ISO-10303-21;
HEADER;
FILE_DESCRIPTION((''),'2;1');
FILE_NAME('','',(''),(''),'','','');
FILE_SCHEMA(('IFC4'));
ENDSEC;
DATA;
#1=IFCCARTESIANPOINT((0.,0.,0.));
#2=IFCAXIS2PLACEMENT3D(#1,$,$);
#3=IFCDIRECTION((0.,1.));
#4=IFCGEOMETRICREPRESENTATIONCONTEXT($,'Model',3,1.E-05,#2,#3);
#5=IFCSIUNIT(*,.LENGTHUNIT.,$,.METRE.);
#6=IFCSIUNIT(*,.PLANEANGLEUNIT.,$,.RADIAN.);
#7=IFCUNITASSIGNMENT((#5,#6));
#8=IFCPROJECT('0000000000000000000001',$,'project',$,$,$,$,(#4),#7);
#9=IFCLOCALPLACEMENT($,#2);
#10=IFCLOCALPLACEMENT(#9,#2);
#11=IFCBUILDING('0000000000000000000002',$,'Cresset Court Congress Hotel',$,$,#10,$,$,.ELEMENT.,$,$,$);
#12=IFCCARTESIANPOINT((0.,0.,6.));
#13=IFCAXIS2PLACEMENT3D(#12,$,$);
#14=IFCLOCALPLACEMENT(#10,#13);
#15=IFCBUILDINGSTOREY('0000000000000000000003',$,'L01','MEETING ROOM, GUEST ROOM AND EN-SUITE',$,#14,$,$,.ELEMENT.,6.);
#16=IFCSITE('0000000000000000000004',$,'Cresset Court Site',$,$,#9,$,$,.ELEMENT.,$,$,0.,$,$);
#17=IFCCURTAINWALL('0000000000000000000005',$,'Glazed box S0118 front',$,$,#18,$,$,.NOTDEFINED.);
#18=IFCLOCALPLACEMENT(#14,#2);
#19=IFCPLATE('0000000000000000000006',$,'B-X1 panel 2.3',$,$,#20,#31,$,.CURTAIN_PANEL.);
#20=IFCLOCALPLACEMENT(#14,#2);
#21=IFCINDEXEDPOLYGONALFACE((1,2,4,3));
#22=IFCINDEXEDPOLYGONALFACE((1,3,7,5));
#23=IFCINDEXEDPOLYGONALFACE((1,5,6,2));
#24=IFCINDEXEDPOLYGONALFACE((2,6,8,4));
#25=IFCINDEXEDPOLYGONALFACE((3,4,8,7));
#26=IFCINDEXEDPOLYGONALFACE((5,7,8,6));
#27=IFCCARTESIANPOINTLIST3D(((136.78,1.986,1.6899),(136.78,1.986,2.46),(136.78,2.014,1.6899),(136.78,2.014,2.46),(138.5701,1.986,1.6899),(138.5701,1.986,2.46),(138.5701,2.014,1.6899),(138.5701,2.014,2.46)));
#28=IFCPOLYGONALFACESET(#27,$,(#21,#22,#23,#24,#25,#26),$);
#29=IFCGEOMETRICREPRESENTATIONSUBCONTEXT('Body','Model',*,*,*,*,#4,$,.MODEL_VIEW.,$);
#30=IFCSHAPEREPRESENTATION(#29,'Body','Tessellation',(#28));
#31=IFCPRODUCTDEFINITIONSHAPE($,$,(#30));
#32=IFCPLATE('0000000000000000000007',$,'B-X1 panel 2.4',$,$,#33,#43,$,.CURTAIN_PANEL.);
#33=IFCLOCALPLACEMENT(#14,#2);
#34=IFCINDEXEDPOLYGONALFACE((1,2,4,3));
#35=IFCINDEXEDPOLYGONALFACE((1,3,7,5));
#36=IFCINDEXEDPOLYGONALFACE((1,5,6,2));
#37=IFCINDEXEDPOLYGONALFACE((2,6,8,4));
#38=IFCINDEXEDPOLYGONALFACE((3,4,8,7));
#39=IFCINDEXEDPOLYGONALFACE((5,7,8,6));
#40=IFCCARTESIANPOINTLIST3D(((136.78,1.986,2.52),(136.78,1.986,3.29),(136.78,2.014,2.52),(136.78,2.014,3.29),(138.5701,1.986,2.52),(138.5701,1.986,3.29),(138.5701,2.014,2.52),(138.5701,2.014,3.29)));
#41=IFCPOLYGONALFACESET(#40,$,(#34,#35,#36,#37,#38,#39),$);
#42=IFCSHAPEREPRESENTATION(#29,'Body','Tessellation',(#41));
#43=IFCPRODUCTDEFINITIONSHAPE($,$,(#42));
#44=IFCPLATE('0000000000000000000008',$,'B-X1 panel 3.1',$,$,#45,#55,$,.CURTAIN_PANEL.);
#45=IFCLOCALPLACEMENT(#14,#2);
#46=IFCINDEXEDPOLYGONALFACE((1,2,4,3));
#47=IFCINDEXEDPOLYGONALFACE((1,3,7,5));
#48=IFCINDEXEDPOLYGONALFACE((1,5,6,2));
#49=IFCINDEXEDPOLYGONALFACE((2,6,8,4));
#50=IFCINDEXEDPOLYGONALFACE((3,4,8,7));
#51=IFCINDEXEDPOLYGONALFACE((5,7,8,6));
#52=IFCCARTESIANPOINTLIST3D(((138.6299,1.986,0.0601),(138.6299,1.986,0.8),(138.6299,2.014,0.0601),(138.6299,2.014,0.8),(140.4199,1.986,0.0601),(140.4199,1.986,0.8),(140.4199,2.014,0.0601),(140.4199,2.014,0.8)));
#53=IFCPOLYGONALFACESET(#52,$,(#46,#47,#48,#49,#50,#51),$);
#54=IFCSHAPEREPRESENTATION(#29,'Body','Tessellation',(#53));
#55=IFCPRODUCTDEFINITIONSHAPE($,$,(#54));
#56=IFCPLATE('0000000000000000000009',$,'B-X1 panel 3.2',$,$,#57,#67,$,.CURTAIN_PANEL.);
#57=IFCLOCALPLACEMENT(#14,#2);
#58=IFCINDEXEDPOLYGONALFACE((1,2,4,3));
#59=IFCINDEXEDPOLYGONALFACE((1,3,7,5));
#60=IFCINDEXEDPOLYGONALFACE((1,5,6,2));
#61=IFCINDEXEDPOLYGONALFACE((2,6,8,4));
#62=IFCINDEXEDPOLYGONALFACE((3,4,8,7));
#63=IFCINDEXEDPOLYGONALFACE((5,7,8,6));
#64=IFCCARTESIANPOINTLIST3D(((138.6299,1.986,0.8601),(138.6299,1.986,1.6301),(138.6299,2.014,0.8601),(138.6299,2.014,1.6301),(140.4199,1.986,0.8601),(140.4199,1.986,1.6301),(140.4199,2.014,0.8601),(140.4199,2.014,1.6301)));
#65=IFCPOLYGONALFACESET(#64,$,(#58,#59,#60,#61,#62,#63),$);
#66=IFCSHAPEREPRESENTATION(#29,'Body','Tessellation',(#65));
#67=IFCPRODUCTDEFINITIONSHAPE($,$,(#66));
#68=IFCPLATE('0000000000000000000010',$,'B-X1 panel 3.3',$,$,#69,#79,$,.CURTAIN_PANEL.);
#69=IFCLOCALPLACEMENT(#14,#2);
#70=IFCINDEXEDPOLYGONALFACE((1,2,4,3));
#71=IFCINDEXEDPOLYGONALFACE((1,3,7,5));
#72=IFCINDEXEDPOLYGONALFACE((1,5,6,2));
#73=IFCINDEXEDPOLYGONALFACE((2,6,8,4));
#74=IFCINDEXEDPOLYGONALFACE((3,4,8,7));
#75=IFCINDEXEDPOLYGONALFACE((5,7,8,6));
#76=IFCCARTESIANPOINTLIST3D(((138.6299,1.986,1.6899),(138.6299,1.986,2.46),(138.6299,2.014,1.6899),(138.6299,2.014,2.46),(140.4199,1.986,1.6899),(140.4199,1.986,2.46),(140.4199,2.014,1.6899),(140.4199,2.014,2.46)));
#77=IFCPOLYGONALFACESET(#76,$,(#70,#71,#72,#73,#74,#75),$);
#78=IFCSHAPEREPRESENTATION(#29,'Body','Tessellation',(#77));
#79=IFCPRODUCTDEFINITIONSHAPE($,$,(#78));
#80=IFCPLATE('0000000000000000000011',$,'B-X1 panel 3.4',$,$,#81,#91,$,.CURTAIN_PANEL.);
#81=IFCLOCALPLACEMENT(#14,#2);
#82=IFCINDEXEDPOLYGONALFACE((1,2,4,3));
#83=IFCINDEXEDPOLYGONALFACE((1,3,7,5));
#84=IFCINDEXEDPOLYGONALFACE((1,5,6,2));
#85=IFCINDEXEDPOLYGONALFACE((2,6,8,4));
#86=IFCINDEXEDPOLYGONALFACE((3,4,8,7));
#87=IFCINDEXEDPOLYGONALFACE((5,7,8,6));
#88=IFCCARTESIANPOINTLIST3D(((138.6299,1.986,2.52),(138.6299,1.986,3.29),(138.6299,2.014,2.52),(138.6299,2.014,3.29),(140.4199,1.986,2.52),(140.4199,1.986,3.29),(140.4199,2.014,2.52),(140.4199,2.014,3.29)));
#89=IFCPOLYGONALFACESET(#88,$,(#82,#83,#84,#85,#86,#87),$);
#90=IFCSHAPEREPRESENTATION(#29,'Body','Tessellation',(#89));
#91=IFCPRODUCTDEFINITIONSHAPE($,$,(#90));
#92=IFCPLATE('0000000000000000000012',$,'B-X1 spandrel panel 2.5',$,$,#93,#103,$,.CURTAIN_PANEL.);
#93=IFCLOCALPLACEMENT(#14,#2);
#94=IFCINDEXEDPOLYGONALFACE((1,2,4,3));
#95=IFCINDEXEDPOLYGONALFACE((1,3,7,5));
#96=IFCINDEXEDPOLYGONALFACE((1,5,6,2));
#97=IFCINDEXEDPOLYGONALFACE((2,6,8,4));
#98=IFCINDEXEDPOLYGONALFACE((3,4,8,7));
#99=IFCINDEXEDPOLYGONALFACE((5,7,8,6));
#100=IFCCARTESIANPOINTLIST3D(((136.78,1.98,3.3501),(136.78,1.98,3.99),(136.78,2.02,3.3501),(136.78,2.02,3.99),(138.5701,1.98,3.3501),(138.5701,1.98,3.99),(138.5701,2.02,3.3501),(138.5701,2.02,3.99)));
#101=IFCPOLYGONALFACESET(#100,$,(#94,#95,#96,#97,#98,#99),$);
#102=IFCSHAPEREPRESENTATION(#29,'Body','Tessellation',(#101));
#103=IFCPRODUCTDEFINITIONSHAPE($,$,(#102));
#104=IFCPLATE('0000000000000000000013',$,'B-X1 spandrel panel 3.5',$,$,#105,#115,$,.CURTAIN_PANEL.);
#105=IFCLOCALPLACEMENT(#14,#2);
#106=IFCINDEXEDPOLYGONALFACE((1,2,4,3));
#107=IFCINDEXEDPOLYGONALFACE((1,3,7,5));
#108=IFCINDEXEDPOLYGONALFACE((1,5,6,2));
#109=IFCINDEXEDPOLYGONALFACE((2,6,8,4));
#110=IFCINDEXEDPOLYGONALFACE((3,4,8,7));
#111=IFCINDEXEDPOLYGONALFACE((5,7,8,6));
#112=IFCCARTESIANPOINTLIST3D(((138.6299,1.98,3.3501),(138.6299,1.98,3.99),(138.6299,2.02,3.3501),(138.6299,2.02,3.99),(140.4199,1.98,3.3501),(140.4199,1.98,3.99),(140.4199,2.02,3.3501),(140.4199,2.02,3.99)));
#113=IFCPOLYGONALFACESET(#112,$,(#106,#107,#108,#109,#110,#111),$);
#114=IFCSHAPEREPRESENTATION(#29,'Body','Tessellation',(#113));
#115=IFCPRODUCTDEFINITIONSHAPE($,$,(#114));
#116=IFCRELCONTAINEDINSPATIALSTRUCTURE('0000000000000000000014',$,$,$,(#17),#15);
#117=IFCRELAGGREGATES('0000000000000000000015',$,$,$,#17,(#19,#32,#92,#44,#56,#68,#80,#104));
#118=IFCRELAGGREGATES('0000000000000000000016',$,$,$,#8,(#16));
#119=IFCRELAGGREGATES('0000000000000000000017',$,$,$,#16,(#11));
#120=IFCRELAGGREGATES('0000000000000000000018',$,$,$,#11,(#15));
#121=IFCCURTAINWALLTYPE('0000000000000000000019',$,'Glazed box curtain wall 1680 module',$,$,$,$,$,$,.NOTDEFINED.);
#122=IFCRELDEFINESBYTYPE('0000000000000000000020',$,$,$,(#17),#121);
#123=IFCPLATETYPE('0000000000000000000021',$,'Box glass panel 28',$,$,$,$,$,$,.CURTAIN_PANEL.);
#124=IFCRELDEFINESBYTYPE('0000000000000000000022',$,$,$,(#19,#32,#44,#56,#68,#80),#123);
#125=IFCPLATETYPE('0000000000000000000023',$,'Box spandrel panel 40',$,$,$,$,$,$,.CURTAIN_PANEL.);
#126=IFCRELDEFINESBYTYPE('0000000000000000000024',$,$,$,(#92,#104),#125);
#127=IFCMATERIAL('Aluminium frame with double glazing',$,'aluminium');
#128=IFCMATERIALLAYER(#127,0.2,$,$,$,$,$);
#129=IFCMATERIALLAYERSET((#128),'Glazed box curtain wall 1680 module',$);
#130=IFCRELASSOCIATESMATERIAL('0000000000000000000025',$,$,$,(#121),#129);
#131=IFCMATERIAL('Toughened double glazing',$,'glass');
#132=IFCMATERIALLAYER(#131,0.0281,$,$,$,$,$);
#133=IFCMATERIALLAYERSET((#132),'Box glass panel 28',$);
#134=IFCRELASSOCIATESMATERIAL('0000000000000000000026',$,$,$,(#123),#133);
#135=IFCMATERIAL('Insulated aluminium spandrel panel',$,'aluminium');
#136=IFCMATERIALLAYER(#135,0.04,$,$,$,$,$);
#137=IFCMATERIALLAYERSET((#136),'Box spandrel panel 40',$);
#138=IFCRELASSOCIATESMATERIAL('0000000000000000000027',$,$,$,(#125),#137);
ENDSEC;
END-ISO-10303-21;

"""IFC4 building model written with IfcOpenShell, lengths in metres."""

from ifc_helpers import new_model, si_unit, direction, frame, origin, origin_2d, place, context, subcontext, project, spatial, rectangle, extrude, material, layer, layer_set, type_object, element, aggregate, save


model = new_model("IFC4")

# Units and contexts
model_context = context("Model", 3, precision=1e-05, world=origin(), true_north=direction((0.0, 1.0)))
body_context = subcontext(model_context, "Body", "Model", "MODEL_VIEW")
ifc_project = project(units=[si_unit("LENGTHUNIT", "METRE"), si_unit("PLANEANGLEUNIT", "RADIAN")], contexts=[model_context])

# Site, building, storey
site_placement = place(None, origin())
site = spatial("IfcSite", under=ifc_project, at=site_placement, Name="Cresset Court Site", CompositionType="ELEMENT", RefElevation=0.0)
building_placement = place(site_placement, origin())
building = spatial("IfcBuilding", under=site, at=building_placement, Name="Cresset Court Congress Hotel", CompositionType="ELEMENT")
storey_placement = place(building_placement, frame((0.0, 0.0, 6.0)))
storey = spatial("IfcBuildingStorey", under=building, at=storey_placement, Name="L01", Description="MEETING ROOM, GUEST ROOM AND EN-SUITE", CompositionType="ELEMENT", Elevation=6.0)

# Curtain wall, plates
ifc_material_1 = material(Name="Aluminium frame with double glazing", Category="aluminium")
ifc_layer_1 = layer(ifc_material_1, 0.2)
ifc_layer_set_1 = layer_set([ifc_layer_1], Name="Glazed box curtain wall 1680 module")
curtain_wall_type = type_object("IfcCurtainWallType", Name="Glazed box curtain wall 1680 module", PredefinedType="NOTDEFINED", material=ifc_layer_set_1)
curtain_wall_placement = place(storey_placement, origin())
curtain_wall = element("IfcCurtainWall", 1, at=curtain_wall_placement, inside=storey, type_object=curtain_wall_type, Name="Glazed box S0118 front", PredefinedType="NOTDEFINED")
ifc_material_2 = material(Name="Toughened double glazing", Category="glass")
ifc_layer_2 = layer(ifc_material_2, 0.0281)
ifc_layer_set_2 = layer_set([ifc_layer_2], Name="Box glass panel 28")
plate_type_1 = type_object("IfcPlateType", Name="Box glass panel 28", PredefinedType="CURTAIN_PANEL", material=ifc_layer_set_2)
plate_1_placement = place(storey_placement, frame((137.675, 2.0, 1.6899), z_axis=(0.0, 0.0, 1.0), x_axis=(1.0, 0.0, 0.0)))
plate_1 = element("IfcPlate", 2, at=plate_1_placement, type_object=plate_type_1, Name="B-X1 panel 2.3", PredefinedType="CURTAIN_PANEL", context=body_context, shape_type="SweptSolid", body=[
    extrude(rectangle(XDim=1.79, YDim=0.0281, at=origin_2d()), origin(), (0.0, 0.0, 1.0), 0.77),
])
plate_2_placement = place(storey_placement, frame((137.675, 2.0, 2.52), z_axis=(0.0, 0.0, 1.0), x_axis=(1.0, 0.0, 0.0)))
plate_2 = element("IfcPlate", 3, at=plate_2_placement, type_object=plate_type_1, Name="B-X1 panel 2.4", PredefinedType="CURTAIN_PANEL", context=body_context, shape_type="SweptSolid", body=[
    extrude(rectangle(XDim=1.79, YDim=0.0281, at=origin_2d()), origin(), (0.0, 0.0, 1.0), 0.77),
])
plate_3_placement = place(storey_placement, frame((139.5249, 2.0, 0.0601), z_axis=(0.0, 0.0, 1.0), x_axis=(1.0, 0.0, 0.0)))
plate_3 = element("IfcPlate", 4, at=plate_3_placement, type_object=plate_type_1, Name="B-X1 panel 3.1", PredefinedType="CURTAIN_PANEL", context=body_context, shape_type="SweptSolid", body=[
    extrude(rectangle(XDim=1.79, YDim=0.0281, at=origin_2d()), origin(), (0.0, 0.0, 1.0), 0.74),
])
plate_4_placement = place(storey_placement, frame((139.5249, 2.0, 0.8601), z_axis=(0.0, 0.0, 1.0), x_axis=(1.0, 0.0, 0.0)))
plate_4 = element("IfcPlate", 5, at=plate_4_placement, type_object=plate_type_1, Name="B-X1 panel 3.2", PredefinedType="CURTAIN_PANEL", context=body_context, shape_type="SweptSolid", body=[
    extrude(rectangle(XDim=1.79, YDim=0.0281, at=origin_2d()), origin(), (0.0, 0.0, 1.0), 0.77),
])
plate_5_placement = place(storey_placement, frame((139.5249, 2.0, 1.6899), z_axis=(0.0, 0.0, 1.0), x_axis=(1.0, 0.0, 0.0)))
plate_5 = element("IfcPlate", 6, at=plate_5_placement, type_object=plate_type_1, Name="B-X1 panel 3.3", PredefinedType="CURTAIN_PANEL", context=body_context, shape_type="SweptSolid", body=[
    extrude(rectangle(XDim=1.79, YDim=0.0281, at=origin_2d()), origin(), (0.0, 0.0, 1.0), 0.77),
])
plate_6_placement = place(storey_placement, frame((139.5249, 2.0, 2.52), z_axis=(0.0, 0.0, 1.0), x_axis=(1.0, 0.0, 0.0)))
plate_6 = element("IfcPlate", 7, at=plate_6_placement, type_object=plate_type_1, Name="B-X1 panel 3.4", PredefinedType="CURTAIN_PANEL", context=body_context, shape_type="SweptSolid", body=[
    extrude(rectangle(XDim=1.79, YDim=0.0281, at=origin_2d()), origin(), (0.0, 0.0, 1.0), 0.77),
])
ifc_material_3 = material(Name="Insulated aluminium spandrel panel", Category="aluminium")
ifc_layer_3 = layer(ifc_material_3, 0.04)
ifc_layer_set_3 = layer_set([ifc_layer_3], Name="Box spandrel panel 40")
plate_type_2 = type_object("IfcPlateType", Name="Box spandrel panel 40", PredefinedType="CURTAIN_PANEL", material=ifc_layer_set_3)
plate_7_placement = place(storey_placement, frame((137.675, 2.0, 3.3501), z_axis=(0.0, 0.0, 1.0), x_axis=(1.0, 0.0, 0.0)))
plate_7 = element("IfcPlate", 8, at=plate_7_placement, type_object=plate_type_2, Name="B-X1 spandrel panel 2.5", PredefinedType="CURTAIN_PANEL", context=body_context, shape_type="SweptSolid", body=[
    extrude(rectangle(XDim=1.79, YDim=0.04, at=origin_2d()), origin(), (0.0, 0.0, 1.0), 0.6399),
])
plate_8_placement = place(storey_placement, frame((139.5249, 2.0, 3.3501), z_axis=(0.0, 0.0, 1.0), x_axis=(1.0, 0.0, 0.0)))
plate_8 = element("IfcPlate", 9, at=plate_8_placement, type_object=plate_type_2, Name="B-X1 spandrel panel 3.5", PredefinedType="CURTAIN_PANEL", context=body_context, shape_type="SweptSolid", body=[
    extrude(rectangle(XDim=1.79, YDim=0.04, at=origin_2d()), origin(), (0.0, 0.0, 1.0), 0.6399),
])
aggregate(curtain_wall, [plate_1, plate_2, plate_7, plate_3, plate_4, plate_5, plate_6, plate_8])

save(model, "model.ifc")
